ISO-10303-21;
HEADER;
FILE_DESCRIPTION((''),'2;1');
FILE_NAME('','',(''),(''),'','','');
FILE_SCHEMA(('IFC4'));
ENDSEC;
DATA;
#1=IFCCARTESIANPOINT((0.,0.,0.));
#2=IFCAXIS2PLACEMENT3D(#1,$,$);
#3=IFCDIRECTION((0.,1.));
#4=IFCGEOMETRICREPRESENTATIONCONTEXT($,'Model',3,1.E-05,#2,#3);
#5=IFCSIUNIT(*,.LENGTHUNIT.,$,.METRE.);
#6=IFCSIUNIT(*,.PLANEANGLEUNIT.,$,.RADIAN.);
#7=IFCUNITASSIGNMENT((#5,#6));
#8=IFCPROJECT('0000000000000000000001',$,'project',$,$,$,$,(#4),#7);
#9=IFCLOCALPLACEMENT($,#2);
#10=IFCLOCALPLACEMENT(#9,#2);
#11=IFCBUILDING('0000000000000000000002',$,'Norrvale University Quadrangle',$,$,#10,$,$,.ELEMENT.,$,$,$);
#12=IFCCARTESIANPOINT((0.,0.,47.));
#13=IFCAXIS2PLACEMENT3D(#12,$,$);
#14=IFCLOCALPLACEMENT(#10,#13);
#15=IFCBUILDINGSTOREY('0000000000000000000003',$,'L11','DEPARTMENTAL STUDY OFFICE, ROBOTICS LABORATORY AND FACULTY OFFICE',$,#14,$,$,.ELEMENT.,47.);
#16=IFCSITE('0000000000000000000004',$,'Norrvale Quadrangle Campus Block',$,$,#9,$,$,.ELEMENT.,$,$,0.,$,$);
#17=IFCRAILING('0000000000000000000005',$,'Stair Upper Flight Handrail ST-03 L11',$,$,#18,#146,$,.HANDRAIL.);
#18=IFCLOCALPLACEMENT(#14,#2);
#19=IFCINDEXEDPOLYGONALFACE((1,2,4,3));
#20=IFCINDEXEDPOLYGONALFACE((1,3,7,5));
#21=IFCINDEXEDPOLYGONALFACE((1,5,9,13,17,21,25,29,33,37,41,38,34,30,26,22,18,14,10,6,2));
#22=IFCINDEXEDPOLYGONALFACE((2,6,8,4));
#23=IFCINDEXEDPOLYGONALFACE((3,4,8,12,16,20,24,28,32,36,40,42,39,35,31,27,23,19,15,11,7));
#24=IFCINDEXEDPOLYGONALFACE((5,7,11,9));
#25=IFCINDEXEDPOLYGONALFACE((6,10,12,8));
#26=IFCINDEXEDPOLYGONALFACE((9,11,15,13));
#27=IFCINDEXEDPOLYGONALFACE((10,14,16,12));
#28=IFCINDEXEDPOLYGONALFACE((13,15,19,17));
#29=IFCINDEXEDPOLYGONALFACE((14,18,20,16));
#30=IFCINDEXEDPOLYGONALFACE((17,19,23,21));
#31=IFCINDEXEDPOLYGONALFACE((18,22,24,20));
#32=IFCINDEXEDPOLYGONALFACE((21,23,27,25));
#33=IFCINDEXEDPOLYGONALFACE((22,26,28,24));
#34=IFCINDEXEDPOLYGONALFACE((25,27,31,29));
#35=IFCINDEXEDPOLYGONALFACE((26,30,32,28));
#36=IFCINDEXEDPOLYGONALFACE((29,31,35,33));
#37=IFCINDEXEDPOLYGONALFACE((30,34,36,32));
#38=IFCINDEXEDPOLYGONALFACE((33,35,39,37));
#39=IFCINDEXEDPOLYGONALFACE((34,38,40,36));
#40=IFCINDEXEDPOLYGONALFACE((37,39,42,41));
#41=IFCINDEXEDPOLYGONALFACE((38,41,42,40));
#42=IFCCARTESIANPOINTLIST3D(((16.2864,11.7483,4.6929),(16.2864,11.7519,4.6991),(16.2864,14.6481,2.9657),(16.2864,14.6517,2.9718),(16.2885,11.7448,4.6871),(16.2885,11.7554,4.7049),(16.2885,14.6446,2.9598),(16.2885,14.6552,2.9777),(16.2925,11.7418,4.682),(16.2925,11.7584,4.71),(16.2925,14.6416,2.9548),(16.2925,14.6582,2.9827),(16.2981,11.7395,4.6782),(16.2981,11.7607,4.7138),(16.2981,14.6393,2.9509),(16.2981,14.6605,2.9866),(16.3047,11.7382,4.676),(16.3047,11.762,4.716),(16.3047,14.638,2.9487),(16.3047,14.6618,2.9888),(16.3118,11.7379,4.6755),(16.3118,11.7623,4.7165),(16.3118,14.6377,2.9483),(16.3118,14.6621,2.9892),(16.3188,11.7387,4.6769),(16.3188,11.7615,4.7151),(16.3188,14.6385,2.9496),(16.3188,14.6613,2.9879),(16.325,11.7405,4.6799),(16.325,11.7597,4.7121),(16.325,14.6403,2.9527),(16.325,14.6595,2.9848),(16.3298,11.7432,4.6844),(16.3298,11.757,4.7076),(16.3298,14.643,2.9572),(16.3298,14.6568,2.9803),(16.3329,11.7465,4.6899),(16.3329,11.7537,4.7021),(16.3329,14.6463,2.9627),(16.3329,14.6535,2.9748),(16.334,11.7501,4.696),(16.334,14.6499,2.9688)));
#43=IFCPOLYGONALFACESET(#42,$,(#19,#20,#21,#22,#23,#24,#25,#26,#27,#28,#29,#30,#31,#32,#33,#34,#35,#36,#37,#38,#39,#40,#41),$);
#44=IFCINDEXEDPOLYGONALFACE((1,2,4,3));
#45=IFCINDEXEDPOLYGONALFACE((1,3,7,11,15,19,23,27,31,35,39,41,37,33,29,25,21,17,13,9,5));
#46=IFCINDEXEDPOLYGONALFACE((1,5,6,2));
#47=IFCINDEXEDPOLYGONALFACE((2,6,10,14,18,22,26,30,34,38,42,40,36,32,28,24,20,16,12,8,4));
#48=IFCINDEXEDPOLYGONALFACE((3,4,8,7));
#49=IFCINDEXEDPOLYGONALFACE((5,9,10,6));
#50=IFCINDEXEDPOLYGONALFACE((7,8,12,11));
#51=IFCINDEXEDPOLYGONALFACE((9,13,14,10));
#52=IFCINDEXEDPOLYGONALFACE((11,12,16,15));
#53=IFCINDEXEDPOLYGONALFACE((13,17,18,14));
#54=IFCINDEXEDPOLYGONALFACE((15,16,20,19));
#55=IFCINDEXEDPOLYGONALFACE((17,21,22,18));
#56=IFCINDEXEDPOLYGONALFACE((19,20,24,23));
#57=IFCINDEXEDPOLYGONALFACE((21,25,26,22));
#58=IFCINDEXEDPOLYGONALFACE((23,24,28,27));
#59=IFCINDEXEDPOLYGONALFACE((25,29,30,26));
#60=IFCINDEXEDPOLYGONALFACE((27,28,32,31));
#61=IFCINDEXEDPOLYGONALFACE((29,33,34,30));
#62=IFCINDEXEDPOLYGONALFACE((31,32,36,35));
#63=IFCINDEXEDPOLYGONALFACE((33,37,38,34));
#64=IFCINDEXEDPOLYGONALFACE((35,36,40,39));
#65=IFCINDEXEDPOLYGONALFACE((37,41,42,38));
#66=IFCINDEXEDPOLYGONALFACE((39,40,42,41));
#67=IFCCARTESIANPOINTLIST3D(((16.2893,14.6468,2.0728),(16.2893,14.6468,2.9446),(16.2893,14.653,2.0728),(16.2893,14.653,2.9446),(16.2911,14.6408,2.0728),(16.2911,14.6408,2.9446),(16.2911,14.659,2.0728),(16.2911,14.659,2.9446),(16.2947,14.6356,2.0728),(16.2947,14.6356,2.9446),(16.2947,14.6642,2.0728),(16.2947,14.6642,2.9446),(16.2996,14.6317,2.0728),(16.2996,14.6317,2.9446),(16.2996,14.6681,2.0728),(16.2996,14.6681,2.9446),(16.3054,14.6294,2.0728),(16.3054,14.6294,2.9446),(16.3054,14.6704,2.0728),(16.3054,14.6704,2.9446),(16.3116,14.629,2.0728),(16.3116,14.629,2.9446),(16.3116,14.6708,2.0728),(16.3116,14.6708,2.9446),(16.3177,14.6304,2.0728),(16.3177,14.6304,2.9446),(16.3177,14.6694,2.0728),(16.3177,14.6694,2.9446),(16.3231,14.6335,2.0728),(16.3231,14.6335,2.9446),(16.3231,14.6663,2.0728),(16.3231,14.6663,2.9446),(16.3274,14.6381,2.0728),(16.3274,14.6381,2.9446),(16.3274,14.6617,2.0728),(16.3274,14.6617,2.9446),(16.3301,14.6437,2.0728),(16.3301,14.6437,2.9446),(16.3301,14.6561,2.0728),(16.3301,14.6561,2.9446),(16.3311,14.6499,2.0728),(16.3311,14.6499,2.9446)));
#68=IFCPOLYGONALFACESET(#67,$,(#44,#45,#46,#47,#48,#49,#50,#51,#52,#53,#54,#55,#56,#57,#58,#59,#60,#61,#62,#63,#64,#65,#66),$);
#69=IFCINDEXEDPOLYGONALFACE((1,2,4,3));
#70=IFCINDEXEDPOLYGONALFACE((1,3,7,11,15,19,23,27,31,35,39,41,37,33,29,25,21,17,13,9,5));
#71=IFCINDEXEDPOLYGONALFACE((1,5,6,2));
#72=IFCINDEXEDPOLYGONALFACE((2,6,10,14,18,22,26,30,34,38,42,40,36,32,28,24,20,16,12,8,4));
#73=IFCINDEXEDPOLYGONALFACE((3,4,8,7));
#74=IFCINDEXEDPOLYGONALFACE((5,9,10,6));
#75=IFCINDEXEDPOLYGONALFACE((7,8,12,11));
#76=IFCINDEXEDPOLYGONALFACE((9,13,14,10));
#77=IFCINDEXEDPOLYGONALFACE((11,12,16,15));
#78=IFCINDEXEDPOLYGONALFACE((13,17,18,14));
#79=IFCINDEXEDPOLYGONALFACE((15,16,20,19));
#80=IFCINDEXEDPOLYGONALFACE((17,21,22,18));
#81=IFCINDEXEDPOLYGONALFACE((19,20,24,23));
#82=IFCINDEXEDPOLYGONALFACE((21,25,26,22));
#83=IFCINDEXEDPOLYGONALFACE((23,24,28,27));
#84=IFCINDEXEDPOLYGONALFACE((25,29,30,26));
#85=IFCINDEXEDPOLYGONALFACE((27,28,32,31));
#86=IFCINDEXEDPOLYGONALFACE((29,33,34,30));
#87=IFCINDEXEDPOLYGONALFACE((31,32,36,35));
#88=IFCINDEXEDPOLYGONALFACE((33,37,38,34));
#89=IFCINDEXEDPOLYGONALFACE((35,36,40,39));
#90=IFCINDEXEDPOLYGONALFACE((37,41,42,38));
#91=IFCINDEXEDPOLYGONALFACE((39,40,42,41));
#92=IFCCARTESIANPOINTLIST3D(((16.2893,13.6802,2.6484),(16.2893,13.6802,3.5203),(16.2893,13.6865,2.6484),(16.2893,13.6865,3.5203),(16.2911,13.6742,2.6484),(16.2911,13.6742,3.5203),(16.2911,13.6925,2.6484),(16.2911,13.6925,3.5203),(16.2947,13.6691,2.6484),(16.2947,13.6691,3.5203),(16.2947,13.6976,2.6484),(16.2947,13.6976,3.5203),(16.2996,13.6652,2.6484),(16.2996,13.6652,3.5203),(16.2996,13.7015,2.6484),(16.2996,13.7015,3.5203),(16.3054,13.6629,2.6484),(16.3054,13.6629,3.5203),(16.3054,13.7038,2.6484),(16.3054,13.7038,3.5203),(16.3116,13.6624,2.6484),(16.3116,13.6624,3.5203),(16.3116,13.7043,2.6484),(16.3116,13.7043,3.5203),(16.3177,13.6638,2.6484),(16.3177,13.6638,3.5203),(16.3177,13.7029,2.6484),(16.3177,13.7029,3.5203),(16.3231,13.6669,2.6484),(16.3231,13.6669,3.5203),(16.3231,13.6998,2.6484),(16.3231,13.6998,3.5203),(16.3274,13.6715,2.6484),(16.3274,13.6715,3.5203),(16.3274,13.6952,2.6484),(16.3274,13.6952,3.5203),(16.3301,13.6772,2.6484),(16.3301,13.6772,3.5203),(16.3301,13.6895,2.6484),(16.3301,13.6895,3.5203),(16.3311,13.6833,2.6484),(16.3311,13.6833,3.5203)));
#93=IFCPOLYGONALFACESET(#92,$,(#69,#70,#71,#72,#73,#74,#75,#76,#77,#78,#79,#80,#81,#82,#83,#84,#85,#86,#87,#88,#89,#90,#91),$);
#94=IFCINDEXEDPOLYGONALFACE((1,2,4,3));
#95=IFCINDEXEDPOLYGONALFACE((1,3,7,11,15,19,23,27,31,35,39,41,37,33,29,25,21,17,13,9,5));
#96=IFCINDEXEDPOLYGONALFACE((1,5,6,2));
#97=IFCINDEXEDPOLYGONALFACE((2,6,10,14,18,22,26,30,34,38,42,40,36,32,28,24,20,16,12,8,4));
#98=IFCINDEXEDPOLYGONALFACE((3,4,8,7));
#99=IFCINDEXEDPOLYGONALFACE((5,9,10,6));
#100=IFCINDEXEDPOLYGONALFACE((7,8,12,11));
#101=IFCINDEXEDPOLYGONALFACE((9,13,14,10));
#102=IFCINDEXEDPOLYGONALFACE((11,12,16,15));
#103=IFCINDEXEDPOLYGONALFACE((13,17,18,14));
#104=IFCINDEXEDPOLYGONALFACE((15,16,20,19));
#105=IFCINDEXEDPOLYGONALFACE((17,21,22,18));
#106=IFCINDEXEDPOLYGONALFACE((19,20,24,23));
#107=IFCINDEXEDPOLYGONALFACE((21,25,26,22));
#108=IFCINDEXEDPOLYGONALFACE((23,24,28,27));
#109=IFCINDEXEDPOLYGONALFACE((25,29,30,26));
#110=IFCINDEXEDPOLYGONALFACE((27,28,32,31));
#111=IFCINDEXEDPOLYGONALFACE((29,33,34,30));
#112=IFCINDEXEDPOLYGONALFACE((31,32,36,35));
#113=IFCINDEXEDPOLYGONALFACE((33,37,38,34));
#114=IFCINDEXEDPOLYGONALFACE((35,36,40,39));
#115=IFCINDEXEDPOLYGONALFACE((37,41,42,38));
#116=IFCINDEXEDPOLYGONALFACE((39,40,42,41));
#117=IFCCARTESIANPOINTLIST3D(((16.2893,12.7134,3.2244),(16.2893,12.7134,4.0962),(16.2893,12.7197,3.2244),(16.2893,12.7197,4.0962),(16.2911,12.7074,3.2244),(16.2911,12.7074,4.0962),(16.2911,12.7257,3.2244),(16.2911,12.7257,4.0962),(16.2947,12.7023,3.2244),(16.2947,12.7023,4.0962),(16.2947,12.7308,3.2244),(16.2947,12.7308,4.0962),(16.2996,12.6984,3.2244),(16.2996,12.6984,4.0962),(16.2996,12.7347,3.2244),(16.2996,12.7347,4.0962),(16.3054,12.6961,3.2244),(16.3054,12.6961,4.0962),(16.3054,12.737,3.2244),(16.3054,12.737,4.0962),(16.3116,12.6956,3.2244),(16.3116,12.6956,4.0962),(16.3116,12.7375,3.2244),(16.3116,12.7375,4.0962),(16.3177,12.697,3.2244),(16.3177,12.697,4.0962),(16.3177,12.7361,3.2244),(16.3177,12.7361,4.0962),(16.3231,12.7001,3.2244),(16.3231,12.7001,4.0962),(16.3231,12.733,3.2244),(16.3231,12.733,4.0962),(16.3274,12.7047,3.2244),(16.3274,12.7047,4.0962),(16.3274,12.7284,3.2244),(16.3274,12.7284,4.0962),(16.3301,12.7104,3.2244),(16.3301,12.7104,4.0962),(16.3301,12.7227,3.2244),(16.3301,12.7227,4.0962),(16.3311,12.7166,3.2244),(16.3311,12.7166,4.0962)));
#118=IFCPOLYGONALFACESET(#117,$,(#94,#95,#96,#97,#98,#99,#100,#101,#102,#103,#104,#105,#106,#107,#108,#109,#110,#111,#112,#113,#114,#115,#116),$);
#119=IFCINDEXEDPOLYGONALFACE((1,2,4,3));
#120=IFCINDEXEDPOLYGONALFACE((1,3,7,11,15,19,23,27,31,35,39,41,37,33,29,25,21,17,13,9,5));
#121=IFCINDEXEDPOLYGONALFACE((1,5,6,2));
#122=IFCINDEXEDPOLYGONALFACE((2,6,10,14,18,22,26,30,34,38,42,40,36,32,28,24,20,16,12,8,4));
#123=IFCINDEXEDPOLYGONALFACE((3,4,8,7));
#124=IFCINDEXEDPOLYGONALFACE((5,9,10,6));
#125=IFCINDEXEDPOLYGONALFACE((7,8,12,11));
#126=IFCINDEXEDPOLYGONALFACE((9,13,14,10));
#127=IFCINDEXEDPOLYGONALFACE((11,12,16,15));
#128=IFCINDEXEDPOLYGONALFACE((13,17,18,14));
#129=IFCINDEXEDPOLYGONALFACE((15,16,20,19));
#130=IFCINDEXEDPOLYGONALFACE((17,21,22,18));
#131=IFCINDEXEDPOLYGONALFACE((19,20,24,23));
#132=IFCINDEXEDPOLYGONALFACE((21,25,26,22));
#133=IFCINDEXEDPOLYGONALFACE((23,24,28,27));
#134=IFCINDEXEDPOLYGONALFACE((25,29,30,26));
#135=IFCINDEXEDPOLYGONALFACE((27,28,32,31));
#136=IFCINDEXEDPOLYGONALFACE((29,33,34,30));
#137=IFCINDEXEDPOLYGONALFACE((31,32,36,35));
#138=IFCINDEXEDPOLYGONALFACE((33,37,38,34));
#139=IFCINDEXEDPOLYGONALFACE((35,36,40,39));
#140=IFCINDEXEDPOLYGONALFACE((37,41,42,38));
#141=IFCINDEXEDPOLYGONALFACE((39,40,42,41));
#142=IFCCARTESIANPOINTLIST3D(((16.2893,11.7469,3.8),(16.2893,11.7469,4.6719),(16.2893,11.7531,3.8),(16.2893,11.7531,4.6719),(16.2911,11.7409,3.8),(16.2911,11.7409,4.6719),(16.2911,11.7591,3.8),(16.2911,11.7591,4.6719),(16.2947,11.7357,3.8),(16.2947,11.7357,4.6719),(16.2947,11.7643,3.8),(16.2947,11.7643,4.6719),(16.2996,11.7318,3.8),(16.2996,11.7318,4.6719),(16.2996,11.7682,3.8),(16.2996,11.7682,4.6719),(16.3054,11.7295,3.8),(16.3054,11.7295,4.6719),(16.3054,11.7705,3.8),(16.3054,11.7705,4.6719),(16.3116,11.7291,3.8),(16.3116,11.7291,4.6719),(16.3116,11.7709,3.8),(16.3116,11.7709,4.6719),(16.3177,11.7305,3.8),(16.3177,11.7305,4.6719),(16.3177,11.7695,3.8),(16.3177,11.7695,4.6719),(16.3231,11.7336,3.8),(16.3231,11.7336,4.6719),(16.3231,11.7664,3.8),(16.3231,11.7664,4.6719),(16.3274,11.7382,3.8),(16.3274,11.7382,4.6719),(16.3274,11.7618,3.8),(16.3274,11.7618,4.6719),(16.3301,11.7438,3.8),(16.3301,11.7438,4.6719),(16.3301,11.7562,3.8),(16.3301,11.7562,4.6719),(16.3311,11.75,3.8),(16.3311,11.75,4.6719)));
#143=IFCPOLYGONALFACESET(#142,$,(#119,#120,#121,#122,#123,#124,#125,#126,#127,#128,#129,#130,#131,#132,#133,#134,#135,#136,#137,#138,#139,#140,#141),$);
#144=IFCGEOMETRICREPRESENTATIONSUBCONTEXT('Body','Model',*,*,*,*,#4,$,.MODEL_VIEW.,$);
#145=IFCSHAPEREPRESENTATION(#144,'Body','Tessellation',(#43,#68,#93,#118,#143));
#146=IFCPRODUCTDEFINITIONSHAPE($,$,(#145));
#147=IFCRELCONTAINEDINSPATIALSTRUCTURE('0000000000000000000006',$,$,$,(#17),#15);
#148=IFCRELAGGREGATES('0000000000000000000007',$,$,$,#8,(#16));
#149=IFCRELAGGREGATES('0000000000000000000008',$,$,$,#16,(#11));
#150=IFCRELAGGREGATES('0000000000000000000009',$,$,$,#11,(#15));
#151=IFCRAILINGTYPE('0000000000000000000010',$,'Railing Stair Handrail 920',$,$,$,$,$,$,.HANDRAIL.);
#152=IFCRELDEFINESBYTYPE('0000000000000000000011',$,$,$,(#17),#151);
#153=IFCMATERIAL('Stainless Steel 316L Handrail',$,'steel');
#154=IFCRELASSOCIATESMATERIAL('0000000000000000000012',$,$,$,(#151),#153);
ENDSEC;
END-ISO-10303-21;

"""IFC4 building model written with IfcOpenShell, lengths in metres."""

from ifc_helpers import new_model, si_unit, direction, frame, origin, origin_2d, place, context, subcontext, project, spatial, circle, extrude, material, type_object, element, save


model = new_model("IFC4")

# Units and contexts
model_context = context("Model", 3, precision=1e-05, world=origin(), true_north=direction((0.0, 1.0)))
body_context = subcontext(model_context, "Body", "Model", "MODEL_VIEW")
ifc_project = project(units=[si_unit("LENGTHUNIT", "METRE"), si_unit("PLANEANGLEUNIT", "RADIAN")], contexts=[model_context])

# Site, building, storey
site_placement = place(None, origin())
site = spatial("IfcSite", under=ifc_project, at=site_placement, Name="Norrvale Quadrangle Campus Block", CompositionType="ELEMENT", RefElevation=0.0)
building_placement = place(site_placement, origin())
building = spatial("IfcBuilding", under=site, at=building_placement, Name="Norrvale University Quadrangle", CompositionType="ELEMENT")
storey_placement = place(building_placement, frame((0.0, 0.0, 47.0)))
storey = spatial("IfcBuildingStorey", under=building, at=storey_placement, Name="L11", Description="DEPARTMENTAL STUDY OFFICE, ROBOTICS LABORATORY AND FACULTY OFFICE", CompositionType="ELEMENT", Elevation=47.0)

# Railing
ifc_material_1 = material(Name="Stainless Steel 316L Handrail", Category="steel")
railing_type_1 = type_object("IfcRailingType", Name="Railing Stair Handrail 920", PredefinedType="HANDRAIL", material=ifc_material_1)
railing_1_placement = place(storey_placement, frame((16.3101, 14.6499, 2.0728)))
element("IfcRailing", 1, at=railing_1_placement, inside=storey, type_object=railing_type_1, Name="Stair Upper Flight Handrail ST-03 L11", PredefinedType="HANDRAIL", context=body_context, shape_type="SweptSolid", body=[
    extrude(circle(Radius=0.0239, at=origin_2d()), frame((0.0, 0.0, 0.896), z_axis=(0.0, -0.859141, 0.511738), x_axis=(1.0, 0.0, 0.0)), (0.0, 0.0, 1.0), 3.3752),
    extrude(circle(Radius=0.021, at=origin_2d()), origin(), (0.0, 0.0, 1.0), 0.8718),
    extrude(circle(Radius=0.021, at=origin_2d()), frame((0.0, -0.9666, 0.5757)), (0.0, 0.0, 1.0), 0.8718),
    extrude(circle(Radius=0.021, at=origin_2d()), frame((0.0, -1.9333, 1.1516)), (0.0, 0.0, 1.0), 0.8718),
    extrude(circle(Radius=0.021, at=origin_2d()), frame((0.0, -2.8999, 1.7273)), (0.0, 0.0, 1.0), 0.8718),
])

save(model, "model.ifc")
